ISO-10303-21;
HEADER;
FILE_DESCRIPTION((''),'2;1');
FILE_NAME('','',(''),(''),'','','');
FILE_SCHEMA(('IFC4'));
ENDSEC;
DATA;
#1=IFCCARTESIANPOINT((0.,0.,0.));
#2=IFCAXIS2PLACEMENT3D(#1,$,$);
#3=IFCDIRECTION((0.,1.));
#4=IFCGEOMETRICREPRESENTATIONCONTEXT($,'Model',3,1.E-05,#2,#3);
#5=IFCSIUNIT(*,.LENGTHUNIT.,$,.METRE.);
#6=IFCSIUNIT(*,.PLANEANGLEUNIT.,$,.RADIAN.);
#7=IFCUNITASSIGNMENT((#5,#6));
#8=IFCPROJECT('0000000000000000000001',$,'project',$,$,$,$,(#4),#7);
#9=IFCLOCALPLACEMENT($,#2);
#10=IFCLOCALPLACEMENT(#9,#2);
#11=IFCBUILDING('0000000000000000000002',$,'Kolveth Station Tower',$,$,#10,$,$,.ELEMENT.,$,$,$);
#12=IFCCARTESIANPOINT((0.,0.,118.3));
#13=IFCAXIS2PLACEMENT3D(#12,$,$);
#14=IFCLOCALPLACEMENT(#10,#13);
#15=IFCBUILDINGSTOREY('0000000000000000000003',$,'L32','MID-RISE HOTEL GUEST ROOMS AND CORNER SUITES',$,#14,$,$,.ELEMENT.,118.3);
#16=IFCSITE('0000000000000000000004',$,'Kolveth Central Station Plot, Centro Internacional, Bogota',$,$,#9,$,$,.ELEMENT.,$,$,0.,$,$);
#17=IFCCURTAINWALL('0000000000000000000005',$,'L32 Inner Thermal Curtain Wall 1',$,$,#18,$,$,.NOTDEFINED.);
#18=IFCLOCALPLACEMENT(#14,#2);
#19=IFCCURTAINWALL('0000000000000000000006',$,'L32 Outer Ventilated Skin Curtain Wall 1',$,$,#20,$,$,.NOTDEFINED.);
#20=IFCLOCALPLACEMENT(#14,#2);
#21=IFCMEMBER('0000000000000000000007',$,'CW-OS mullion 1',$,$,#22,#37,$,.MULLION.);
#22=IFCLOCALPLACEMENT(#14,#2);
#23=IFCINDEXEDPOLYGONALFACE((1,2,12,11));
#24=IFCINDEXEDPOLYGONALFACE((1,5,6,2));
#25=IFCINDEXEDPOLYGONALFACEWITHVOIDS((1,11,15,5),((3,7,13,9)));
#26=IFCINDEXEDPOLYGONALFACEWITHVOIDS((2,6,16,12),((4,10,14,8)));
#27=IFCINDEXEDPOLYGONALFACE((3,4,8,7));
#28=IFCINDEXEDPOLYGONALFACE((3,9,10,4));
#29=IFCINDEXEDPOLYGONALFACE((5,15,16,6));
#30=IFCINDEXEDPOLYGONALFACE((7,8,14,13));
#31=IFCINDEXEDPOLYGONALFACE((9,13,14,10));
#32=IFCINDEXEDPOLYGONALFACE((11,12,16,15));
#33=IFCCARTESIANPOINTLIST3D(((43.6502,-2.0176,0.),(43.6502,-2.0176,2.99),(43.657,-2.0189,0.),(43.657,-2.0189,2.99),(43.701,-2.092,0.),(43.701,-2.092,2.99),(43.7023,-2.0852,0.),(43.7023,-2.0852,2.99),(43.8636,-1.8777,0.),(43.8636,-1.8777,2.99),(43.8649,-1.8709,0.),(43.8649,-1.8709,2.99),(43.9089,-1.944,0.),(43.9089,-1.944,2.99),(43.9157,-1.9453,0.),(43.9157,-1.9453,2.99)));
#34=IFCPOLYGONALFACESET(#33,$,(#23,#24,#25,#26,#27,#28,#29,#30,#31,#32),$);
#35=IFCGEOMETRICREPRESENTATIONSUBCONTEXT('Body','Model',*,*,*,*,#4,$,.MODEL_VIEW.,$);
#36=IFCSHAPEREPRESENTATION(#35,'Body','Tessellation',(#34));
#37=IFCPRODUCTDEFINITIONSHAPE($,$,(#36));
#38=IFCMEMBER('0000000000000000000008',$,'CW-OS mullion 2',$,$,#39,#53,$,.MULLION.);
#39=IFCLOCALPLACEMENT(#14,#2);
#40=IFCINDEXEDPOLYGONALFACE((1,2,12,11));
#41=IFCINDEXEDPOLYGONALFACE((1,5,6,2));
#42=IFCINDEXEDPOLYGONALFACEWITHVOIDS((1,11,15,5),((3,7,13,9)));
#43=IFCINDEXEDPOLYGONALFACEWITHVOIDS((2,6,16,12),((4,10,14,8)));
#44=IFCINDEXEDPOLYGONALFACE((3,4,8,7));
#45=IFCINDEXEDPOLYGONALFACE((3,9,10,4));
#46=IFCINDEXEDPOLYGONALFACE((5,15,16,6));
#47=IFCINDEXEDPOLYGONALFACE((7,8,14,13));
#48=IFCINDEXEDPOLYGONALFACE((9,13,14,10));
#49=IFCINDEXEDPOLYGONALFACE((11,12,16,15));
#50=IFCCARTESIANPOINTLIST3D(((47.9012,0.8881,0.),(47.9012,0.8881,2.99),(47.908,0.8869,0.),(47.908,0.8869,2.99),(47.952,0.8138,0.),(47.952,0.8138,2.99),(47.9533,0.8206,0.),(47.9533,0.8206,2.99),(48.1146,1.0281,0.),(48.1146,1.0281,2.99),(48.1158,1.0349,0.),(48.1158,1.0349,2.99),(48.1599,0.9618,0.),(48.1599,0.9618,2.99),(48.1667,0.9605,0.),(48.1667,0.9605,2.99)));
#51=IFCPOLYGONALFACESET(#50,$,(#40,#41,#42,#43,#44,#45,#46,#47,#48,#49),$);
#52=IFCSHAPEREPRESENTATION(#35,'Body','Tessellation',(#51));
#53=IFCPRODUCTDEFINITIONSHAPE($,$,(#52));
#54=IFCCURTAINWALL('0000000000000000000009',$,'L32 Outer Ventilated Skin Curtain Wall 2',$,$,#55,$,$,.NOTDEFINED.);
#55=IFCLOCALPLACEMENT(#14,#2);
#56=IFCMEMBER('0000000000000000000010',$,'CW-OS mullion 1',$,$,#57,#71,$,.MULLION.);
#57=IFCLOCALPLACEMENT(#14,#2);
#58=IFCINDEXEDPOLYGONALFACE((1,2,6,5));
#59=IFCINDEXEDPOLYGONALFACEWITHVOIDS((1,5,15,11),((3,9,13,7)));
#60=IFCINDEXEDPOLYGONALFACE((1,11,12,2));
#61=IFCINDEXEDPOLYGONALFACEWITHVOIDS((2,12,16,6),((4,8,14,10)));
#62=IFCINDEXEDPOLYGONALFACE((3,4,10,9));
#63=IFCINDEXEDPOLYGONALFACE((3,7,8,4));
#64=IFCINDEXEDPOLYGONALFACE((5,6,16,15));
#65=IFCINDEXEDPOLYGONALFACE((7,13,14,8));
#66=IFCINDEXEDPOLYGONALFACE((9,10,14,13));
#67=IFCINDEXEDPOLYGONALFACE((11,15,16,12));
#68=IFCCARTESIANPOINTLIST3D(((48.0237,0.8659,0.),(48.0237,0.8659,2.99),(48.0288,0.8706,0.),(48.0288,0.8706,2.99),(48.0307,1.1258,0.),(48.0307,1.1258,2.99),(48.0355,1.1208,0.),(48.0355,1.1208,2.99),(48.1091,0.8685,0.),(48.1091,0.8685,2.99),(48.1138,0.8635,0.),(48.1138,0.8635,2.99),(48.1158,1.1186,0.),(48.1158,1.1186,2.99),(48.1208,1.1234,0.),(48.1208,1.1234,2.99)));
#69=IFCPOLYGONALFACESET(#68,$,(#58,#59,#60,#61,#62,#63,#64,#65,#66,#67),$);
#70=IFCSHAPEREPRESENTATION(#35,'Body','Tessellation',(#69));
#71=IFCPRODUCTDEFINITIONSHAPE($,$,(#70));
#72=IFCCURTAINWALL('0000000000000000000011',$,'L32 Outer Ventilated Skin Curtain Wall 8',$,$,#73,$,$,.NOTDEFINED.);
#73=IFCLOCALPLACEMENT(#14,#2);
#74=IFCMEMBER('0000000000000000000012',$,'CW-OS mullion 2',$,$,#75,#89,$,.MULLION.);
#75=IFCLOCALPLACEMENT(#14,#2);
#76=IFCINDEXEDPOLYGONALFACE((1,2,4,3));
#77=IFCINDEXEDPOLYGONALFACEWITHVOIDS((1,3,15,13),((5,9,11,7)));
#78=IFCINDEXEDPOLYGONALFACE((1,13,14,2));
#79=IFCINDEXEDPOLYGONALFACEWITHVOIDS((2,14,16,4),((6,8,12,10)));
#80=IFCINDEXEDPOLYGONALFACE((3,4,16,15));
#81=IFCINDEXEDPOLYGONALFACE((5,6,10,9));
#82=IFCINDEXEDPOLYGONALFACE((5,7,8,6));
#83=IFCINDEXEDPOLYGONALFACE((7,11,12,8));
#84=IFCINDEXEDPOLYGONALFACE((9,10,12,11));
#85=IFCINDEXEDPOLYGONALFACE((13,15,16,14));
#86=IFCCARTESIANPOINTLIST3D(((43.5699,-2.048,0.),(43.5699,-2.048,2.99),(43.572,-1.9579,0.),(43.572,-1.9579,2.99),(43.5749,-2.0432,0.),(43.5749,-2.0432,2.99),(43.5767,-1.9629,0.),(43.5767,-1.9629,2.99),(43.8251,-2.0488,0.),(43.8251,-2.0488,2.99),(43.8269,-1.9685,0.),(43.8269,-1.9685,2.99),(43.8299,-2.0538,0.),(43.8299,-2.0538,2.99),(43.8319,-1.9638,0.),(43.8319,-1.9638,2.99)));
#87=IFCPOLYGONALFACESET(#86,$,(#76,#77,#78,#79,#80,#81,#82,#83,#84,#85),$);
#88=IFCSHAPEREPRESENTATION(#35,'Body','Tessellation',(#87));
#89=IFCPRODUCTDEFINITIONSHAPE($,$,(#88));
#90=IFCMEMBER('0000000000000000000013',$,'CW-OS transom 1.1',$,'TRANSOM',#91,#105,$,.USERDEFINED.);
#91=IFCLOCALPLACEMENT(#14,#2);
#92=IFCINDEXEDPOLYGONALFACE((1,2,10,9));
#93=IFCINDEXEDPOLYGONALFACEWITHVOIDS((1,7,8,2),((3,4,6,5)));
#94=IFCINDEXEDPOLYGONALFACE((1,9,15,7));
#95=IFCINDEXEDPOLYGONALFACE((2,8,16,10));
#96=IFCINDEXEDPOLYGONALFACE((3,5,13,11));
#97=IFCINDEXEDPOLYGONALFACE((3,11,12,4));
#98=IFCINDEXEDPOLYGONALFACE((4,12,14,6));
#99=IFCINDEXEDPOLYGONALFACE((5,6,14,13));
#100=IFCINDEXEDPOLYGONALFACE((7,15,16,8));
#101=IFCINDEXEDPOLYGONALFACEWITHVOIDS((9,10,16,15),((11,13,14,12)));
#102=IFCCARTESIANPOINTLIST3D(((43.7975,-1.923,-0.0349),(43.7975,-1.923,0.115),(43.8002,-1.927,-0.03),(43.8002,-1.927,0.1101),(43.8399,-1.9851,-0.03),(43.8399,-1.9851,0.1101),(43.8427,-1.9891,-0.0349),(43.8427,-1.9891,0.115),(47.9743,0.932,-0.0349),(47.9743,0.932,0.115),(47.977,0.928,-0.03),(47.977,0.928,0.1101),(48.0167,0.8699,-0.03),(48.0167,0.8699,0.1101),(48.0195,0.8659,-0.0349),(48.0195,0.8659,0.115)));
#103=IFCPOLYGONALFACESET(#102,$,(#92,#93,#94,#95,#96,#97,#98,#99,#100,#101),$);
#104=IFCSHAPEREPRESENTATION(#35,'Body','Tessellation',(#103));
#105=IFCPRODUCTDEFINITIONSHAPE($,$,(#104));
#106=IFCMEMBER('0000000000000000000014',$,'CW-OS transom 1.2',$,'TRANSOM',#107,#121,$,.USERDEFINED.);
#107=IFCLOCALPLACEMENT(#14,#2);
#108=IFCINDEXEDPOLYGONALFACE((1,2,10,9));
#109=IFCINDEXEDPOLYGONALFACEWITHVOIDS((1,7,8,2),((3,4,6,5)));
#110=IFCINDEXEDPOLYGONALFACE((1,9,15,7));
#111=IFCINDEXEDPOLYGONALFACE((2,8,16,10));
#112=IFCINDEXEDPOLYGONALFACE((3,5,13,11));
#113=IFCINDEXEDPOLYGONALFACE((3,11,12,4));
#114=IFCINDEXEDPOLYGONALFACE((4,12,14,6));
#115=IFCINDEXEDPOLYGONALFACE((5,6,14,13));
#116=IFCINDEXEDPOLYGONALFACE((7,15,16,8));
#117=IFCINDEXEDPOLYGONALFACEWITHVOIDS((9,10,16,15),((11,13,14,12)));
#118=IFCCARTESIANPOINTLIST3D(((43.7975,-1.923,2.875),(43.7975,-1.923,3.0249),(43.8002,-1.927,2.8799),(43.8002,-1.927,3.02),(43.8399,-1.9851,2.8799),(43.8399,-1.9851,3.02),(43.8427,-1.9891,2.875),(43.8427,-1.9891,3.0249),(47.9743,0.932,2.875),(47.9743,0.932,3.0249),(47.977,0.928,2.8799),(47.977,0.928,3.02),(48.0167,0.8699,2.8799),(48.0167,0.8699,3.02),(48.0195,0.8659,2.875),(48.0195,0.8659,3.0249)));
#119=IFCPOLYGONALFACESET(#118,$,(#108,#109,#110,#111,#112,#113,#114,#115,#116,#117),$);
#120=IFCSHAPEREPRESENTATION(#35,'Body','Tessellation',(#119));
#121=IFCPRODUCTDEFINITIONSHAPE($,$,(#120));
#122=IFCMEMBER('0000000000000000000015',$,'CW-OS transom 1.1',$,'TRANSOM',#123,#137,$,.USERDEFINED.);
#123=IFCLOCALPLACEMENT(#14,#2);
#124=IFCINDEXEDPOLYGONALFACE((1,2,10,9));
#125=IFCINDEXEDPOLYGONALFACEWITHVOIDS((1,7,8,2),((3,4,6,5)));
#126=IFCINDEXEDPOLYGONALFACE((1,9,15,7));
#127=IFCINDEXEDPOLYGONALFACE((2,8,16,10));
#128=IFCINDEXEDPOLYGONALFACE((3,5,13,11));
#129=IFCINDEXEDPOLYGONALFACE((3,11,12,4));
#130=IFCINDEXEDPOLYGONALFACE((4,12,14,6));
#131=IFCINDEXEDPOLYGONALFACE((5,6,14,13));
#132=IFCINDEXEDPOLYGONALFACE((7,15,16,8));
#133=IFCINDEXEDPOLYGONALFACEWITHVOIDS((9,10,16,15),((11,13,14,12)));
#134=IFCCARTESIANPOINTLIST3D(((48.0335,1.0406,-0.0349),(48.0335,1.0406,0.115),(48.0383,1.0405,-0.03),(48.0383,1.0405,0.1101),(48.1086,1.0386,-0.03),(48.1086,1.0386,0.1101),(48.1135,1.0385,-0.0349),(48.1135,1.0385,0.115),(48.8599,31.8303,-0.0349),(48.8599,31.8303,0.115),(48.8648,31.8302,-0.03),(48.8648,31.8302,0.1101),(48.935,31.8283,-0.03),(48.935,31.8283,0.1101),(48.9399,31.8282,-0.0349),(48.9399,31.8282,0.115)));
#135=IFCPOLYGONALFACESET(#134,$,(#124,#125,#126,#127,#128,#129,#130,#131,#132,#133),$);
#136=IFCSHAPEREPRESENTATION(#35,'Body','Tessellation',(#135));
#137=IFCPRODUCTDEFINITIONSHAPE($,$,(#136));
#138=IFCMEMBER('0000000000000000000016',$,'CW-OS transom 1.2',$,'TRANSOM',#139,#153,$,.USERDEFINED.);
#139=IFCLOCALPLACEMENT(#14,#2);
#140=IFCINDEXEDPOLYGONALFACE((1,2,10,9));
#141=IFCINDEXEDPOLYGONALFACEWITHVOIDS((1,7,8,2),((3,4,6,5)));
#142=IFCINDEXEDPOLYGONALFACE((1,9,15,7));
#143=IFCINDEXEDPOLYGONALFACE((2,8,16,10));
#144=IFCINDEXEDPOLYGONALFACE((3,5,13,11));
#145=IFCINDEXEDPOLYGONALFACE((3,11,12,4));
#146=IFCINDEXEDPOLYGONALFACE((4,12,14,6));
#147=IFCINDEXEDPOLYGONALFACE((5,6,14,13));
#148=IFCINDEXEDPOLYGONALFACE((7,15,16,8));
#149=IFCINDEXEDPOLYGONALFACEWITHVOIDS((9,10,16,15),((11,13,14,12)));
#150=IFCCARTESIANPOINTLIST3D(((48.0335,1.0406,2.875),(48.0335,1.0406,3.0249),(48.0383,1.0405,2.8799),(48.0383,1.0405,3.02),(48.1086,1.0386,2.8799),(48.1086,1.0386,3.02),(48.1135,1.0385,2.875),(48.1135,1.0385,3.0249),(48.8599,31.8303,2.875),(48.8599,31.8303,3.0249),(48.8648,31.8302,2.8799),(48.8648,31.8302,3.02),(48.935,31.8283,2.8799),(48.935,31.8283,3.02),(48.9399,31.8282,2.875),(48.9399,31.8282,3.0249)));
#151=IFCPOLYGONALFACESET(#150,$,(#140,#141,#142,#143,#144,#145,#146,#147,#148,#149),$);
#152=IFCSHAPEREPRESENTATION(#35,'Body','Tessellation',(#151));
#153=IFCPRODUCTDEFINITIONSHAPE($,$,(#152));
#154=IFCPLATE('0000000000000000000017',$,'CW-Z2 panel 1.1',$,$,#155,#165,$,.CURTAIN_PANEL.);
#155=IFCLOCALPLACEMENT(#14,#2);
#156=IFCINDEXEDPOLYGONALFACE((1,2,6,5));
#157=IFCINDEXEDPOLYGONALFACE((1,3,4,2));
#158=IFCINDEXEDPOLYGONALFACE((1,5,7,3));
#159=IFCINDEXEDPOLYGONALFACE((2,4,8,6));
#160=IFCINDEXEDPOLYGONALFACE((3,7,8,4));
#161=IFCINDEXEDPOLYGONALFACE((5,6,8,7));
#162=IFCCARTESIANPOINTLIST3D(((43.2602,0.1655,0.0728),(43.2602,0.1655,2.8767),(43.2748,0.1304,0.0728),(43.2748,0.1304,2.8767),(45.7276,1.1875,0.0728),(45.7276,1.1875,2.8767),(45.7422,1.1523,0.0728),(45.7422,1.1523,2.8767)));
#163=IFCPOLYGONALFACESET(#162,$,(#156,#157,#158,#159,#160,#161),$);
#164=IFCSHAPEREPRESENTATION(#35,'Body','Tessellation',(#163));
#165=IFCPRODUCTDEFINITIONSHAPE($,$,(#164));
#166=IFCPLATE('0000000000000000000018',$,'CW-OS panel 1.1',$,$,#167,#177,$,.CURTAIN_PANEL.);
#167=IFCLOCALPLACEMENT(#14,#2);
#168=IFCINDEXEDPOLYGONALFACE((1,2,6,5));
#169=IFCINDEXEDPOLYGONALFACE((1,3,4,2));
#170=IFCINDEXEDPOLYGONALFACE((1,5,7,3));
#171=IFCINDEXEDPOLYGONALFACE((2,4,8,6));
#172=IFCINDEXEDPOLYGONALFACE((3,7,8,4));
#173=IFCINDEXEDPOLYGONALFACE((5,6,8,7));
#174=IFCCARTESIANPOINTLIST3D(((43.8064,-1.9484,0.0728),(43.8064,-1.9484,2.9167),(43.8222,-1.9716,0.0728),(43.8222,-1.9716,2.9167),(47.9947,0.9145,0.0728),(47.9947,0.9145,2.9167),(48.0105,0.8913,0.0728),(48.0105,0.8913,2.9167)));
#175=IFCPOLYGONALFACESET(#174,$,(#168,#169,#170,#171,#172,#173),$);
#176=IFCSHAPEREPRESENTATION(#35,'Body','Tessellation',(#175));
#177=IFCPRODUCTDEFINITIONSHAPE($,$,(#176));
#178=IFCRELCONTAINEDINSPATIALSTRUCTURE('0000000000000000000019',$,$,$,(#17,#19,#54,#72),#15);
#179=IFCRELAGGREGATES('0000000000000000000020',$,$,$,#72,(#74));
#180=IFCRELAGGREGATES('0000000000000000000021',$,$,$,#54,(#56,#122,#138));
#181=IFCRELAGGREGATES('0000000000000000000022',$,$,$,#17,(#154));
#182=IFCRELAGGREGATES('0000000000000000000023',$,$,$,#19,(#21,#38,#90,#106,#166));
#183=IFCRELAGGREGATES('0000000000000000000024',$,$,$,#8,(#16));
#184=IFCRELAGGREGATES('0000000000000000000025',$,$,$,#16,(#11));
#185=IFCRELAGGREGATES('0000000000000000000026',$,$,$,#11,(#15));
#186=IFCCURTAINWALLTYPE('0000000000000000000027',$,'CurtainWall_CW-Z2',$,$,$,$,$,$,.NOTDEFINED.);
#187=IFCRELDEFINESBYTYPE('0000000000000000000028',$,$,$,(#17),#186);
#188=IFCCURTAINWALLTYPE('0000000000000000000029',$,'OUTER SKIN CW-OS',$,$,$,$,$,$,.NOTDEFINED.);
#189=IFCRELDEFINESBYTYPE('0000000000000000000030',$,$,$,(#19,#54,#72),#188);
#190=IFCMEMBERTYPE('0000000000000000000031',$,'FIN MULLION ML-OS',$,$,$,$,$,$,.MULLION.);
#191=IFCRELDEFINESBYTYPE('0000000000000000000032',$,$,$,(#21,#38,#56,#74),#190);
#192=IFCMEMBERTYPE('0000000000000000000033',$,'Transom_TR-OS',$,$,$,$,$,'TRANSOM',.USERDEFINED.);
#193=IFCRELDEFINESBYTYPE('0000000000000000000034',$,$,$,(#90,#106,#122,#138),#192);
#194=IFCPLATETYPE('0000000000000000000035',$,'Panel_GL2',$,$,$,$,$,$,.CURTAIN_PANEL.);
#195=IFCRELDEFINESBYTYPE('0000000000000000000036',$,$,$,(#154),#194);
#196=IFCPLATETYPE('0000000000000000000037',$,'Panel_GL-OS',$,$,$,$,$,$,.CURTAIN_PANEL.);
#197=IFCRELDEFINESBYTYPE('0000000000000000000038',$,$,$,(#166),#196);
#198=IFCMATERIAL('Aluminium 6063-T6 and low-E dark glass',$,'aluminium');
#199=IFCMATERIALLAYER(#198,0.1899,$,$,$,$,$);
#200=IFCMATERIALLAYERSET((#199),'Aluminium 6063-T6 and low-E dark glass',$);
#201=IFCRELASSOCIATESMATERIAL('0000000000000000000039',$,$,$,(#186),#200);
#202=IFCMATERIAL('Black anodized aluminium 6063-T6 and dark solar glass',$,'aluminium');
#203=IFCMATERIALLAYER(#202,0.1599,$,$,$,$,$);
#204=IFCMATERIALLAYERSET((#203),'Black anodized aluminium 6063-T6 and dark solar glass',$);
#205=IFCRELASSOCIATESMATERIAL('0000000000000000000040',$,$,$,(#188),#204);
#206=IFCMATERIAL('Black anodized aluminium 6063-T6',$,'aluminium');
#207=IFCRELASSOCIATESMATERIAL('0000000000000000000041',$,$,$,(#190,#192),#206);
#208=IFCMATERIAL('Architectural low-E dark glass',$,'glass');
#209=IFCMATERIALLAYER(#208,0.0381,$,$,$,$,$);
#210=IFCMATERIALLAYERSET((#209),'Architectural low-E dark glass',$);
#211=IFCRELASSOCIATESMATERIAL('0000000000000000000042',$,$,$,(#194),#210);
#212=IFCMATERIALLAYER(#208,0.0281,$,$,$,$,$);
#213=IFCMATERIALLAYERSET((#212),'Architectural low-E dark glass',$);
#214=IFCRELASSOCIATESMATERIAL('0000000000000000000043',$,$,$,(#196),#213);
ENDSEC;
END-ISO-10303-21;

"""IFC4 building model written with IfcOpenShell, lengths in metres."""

from ifc_helpers import new_model, si_unit, direction, frame, origin, origin_2d, place, context, subcontext, project, spatial, rectangle, hollow_rectangle, extrude, source, transform, mapped, material, layer, layer_set, material_profile, profile_set, type_object, element, aggregate, save


model = new_model("IFC4")

# Units and contexts
model_context = context("Model", 3, precision=1e-05, world=origin(), true_north=direction((0.0, 1.0)))
body_context = subcontext(model_context, "Body", "Model", "MODEL_VIEW")
ifc_project = project(units=[si_unit("LENGTHUNIT", "METRE"), si_unit("PLANEANGLEUNIT", "RADIAN")], contexts=[model_context])

# Site, building, storey
site_placement = place(None, origin())
site = spatial("IfcSite", under=ifc_project, at=site_placement, Name="Kolveth Central Station Plot, Centro Internacional, Bogota", CompositionType="ELEMENT", RefElevation=0.0)
building_placement = place(site_placement, origin())
building = spatial("IfcBuilding", under=site, at=building_placement, Name="Kolveth Station Tower", CompositionType="ELEMENT")
storey_placement = place(building_placement, frame((0.0, 0.0, 118.3)))
storey = spatial("IfcBuildingStorey", under=building, at=storey_placement, Name="L32", Description="MID-RISE HOTEL GUEST ROOMS AND CORNER SUITES", CompositionType="ELEMENT", Elevation=118.3)

# Curtain wall
ifc_material_1 = material(Name="Aluminium 6063-T6 and low-E dark glass", Category="aluminium")
ifc_layer_1 = layer(ifc_material_1, 0.1899)
ifc_layer_set_1 = layer_set([ifc_layer_1], Name="Aluminium 6063-T6 and low-E dark glass")
curtain_wall_type_1 = type_object("IfcCurtainWallType", Name="CurtainWall_CW-Z2", PredefinedType="NOTDEFINED", material=ifc_layer_set_1)
curtain_wall_1_placement = place(storey_placement, origin())
curtain_wall_1 = element("IfcCurtainWall", 1, at=curtain_wall_1_placement, inside=storey, type_object=curtain_wall_type_1, Name="L32 Inner Thermal Curtain Wall 1", PredefinedType="NOTDEFINED")
ifc_material_2 = material(Name="Black anodized aluminium 6063-T6", Category="aluminium")

# Curtain wall, members
ifc_material_3 = material(Name="Black anodized aluminium 6063-T6 and dark solar glass", Category="aluminium")
ifc_layer_2 = layer(ifc_material_3, 0.1599)
ifc_layer_set_2 = layer_set([ifc_layer_2], Name="Black anodized aluminium 6063-T6 and dark solar glass")
curtain_wall_type_2 = type_object("IfcCurtainWallType", Name="OUTER SKIN CW-OS", PredefinedType="NOTDEFINED", material=ifc_layer_set_2)
curtain_wall_2_placement = place(storey_placement, origin())
curtain_wall_2 = element("IfcCurtainWall", 2, at=curtain_wall_2_placement, inside=storey, type_object=curtain_wall_type_2, Name="L32 Outer Ventilated Skin Curtain Wall 1", PredefinedType="NOTDEFINED")
ifc_material_profile_1 = material_profile(ifc_material_2, hollow_rectangle(XDim=0.0901, YDim=0.26, WallThickness=0.0049, at=origin_2d()), Name="ALU-90x260x5")
ifc_profile_set_1 = profile_set([ifc_material_profile_1], Name="Black anodized aluminium 6063-T6")
member_type_1 = type_object("IfcMemberType", Name="FIN MULLION ML-OS", PredefinedType="MULLION", material=ifc_profile_set_1)
shared_shape_1 = source(origin(), body_context, "Body", "SweptSolid", [
    extrude(hollow_rectangle(XDim=0.0901, YDim=0.26, WallThickness=0.0049, at=origin_2d()), origin(), (0.0, 0.0, 1.0), 2.99),
])
member_1_placement = place(storey_placement, frame((43.783, -1.9814, 0.0), z_axis=(0.0, 0.0, 1.0), x_axis=(-0.564305, 0.825567, 0.0)))
member_1 = element("IfcMember", 3, at=member_1_placement, type_object=member_type_1, Name="CW-OS mullion 1", PredefinedType="MULLION", context=body_context, shape_type="MappedRepresentation", body=[
    mapped(shared_shape_1, transform((0.0, 0.0, 0.0), x_axis=(1.0, 0.0, 0.0), y_axis=(0.0, 1.0, 0.0), z_axis=(0.0, 0.0, 1.0), scale=1.0)),
])
member_2_placement = place(storey_placement, frame((48.0339, 0.9243, 0.0), z_axis=(0.0, 0.0, 1.0), x_axis=(-0.564305, 0.825567, 0.0)))
member_2 = element("IfcMember", 4, at=member_2_placement, type_object=member_type_1, Name="CW-OS mullion 2", PredefinedType="MULLION", context=body_context, shape_type="MappedRepresentation", body=[
    mapped(shared_shape_1, transform((0.0, 0.0, 0.0), x_axis=(1.0, 0.0, 0.0), y_axis=(0.0, 1.0, 0.0), z_axis=(0.0, 0.0, 1.0), scale=1.0)),
])

# Curtain walls, members
curtain_wall_3_placement = place(storey_placement, origin())
curtain_wall_3 = element("IfcCurtainWall", 5, at=curtain_wall_3_placement, inside=storey, type_object=curtain_wall_type_2, Name="L32 Outer Ventilated Skin Curtain Wall 2", PredefinedType="NOTDEFINED")
member_3_placement = place(storey_placement, frame((48.0723, 0.9946, 0.0), z_axis=(0.0, 0.0, 1.0), x_axis=(-0.99964, 0.026833, 0.0)))
member_3 = element("IfcMember", 6, at=member_3_placement, type_object=member_type_1, Name="CW-OS mullion 1", PredefinedType="MULLION", context=body_context, shape_type="MappedRepresentation", body=[
    mapped(shared_shape_1, transform((0.0, 0.0, 0.0), x_axis=(1.0, 0.0, 0.0), y_axis=(0.0, 1.0, 0.0), z_axis=(0.0, 0.0, 1.0), scale=1.0)),
])
curtain_wall_4_placement = place(storey_placement, origin())
curtain_wall_4 = element("IfcCurtainWall", 7, at=curtain_wall_4_placement, inside=storey, type_object=curtain_wall_type_2, Name="L32 Outer Ventilated Skin Curtain Wall 8", PredefinedType="NOTDEFINED")
member_4_placement = place(storey_placement, frame((43.7009, -2.0059, 0.0), z_axis=(0.0, 0.0, 1.0), x_axis=(0.022625, 0.999744, 0.0)))
member_4 = element("IfcMember", 8, at=member_4_placement, type_object=member_type_1, Name="CW-OS mullion 2", PredefinedType="MULLION", context=body_context, shape_type="MappedRepresentation", body=[
    mapped(shared_shape_1, transform((0.0, 0.0, 0.0), x_axis=(1.0, 0.0, 0.0), y_axis=(0.0, 1.0, 0.0), z_axis=(0.0, 0.0, 1.0), scale=1.0)),
])
aggregate(curtain_wall_4, [member_4])

# Members
ifc_material_profile_2 = material_profile(ifc_material_2, hollow_rectangle(XDim=0.0801, YDim=0.1499, WallThickness=0.0049, at=origin_2d()), Name="ALU-80x150x5")
ifc_profile_set_2 = profile_set([ifc_material_profile_2], Name="Black anodized aluminium 6063-T6")
member_type_2 = type_object("IfcMemberType", Name="Transom_TR-OS", ElementType="TRANSOM", PredefinedType="USERDEFINED", material=ifc_profile_set_2)
shared_shape_2 = source(origin(), body_context, "Body", "SweptSolid", [
    extrude(hollow_rectangle(XDim=0.0801, YDim=0.1499, WallThickness=0.0049, at=origin_2d()), origin(), (0.0, 0.0, 1.0), 5.0593),
])
member_5_placement = place(storey_placement, frame((43.8201, -1.9561, 0.04), z_axis=(0.825565, 0.564307, 0.0), x_axis=(-0.564307, 0.825565, 0.0)))
member_5 = element("IfcMember", 9, at=member_5_placement, type_object=member_type_2, Name="CW-OS transom 1.1", ObjectType="TRANSOM", PredefinedType="USERDEFINED", context=body_context, shape_type="MappedRepresentation", body=[
    mapped(shared_shape_2, transform((0.0, 0.0, 0.0), x_axis=(1.0, 0.0, 0.0), y_axis=(0.0, 1.0, 0.0), z_axis=(0.0, 0.0, 1.0), scale=1.0)),
])
member_6_placement = place(storey_placement, frame((43.8201, -1.9561, 2.95), z_axis=(0.825565, 0.564307, 0.0), x_axis=(-0.564307, 0.825565, 0.0)))
member_6 = element("IfcMember", 10, at=member_6_placement, type_object=member_type_2, Name="CW-OS transom 1.2", ObjectType="TRANSOM", PredefinedType="USERDEFINED", context=body_context, shape_type="MappedRepresentation", body=[
    mapped(shared_shape_2, transform((0.0, 0.0, 0.0), x_axis=(1.0, 0.0, 0.0), y_axis=(0.0, 1.0, 0.0), z_axis=(0.0, 0.0, 1.0), scale=1.0)),
])
shared_shape_3 = source(origin(), body_context, "Body", "SweptSolid", [
    extrude(hollow_rectangle(XDim=0.0801, YDim=0.1499, WallThickness=0.0049, at=origin_2d()), origin(), (0.0, 0.0, 1.0), 30.8008),
])
member_7_placement = place(storey_placement, frame((48.0735, 1.0396, 0.04), z_axis=(0.026831, 0.99964, 0.0), x_axis=(-0.99964, 0.026831, 0.0)))
member_7 = element("IfcMember", 11, at=member_7_placement, type_object=member_type_2, Name="CW-OS transom 1.1", ObjectType="TRANSOM", PredefinedType="USERDEFINED", context=body_context, shape_type="MappedRepresentation", body=[
    mapped(shared_shape_3, transform((0.0, 0.0, 0.0), x_axis=(1.0, 0.0, 0.0), y_axis=(0.0, 1.0, 0.0), z_axis=(0.0, 0.0, 1.0), scale=1.0)),
])
member_8_placement = place(storey_placement, frame((48.0735, 1.0396, 2.95), z_axis=(0.026831, 0.99964, 0.0), x_axis=(-0.99964, 0.026831, 0.0)))
member_8 = element("IfcMember", 12, at=member_8_placement, type_object=member_type_2, Name="CW-OS transom 1.2", ObjectType="TRANSOM", PredefinedType="USERDEFINED", context=body_context, shape_type="MappedRepresentation", body=[
    mapped(shared_shape_3, transform((0.0, 0.0, 0.0), x_axis=(1.0, 0.0, 0.0), y_axis=(0.0, 1.0, 0.0), z_axis=(0.0, 0.0, 1.0), scale=1.0)),
])
aggregate(curtain_wall_3, [member_3, member_7, member_8])

# Plates
ifc_material_4 = material(Name="Architectural low-E dark glass", Category="glass")
ifc_layer_3 = layer(ifc_material_4, 0.0381)
ifc_layer_set_3 = layer_set([ifc_layer_3], Name="Architectural low-E dark glass")
plate_type_1 = type_object("IfcPlateType", Name="Panel_GL2", PredefinedType="CURTAIN_PANEL", material=ifc_layer_set_3)
shared_shape_4 = source(origin(), body_context, "Body", "SweptSolid", [
    extrude(rectangle(XDim=2.6707, YDim=0.0381, at=origin_2d()), origin(), (0.0, 0.0, 1.0), 2.804),
])
plate_1_placement = place(storey_placement, frame((44.5012, 0.6589, 0.0728), z_axis=(0.0, 0.0, 1.0), x_axis=(0.923888, 0.382663, 0.0)))
plate_1 = element("IfcPlate", 13, at=plate_1_placement, type_object=plate_type_1, Name="CW-Z2 panel 1.1", PredefinedType="CURTAIN_PANEL", context=body_context, shape_type="MappedRepresentation", body=[
    mapped(shared_shape_4, transform((0.0, 0.0, 0.0), x_axis=(1.0, 0.0, 0.0), y_axis=(0.0, 1.0, 0.0), z_axis=(0.0, 0.0, 1.0), scale=1.0)),
])
aggregate(curtain_wall_1, [plate_1])
ifc_layer_4 = layer(ifc_material_4, 0.0281)
ifc_layer_set_4 = layer_set([ifc_layer_4], Name="Architectural low-E dark glass")
plate_type_2 = type_object("IfcPlateType", Name="Panel_GL-OS", PredefinedType="CURTAIN_PANEL", material=ifc_layer_set_4)
shared_shape_5 = source(origin(), body_context, "Body", "SweptSolid", [
    extrude(rectangle(XDim=5.0732, YDim=0.0281, at=origin_2d()), origin(), (0.0, 0.0, 1.0), 2.844),
])
plate_2_placement = place(storey_placement, frame((45.9084, -0.5286, 0.0728), z_axis=(0.0, 0.0, 1.0), x_axis=(0.825567, 0.564305, 0.0)))
plate_2 = element("IfcPlate", 14, at=plate_2_placement, type_object=plate_type_2, Name="CW-OS panel 1.1", PredefinedType="CURTAIN_PANEL", context=body_context, shape_type="MappedRepresentation", body=[
    mapped(shared_shape_5, transform((0.0, 0.0, 0.0), x_axis=(1.0, 0.0, 0.0), y_axis=(0.0, 1.0, 0.0), z_axis=(0.0, 0.0, 1.0), scale=1.0)),
])
aggregate(curtain_wall_2, [member_1, member_2, member_5, member_6, plate_2])

save(model, "model.ifc")
